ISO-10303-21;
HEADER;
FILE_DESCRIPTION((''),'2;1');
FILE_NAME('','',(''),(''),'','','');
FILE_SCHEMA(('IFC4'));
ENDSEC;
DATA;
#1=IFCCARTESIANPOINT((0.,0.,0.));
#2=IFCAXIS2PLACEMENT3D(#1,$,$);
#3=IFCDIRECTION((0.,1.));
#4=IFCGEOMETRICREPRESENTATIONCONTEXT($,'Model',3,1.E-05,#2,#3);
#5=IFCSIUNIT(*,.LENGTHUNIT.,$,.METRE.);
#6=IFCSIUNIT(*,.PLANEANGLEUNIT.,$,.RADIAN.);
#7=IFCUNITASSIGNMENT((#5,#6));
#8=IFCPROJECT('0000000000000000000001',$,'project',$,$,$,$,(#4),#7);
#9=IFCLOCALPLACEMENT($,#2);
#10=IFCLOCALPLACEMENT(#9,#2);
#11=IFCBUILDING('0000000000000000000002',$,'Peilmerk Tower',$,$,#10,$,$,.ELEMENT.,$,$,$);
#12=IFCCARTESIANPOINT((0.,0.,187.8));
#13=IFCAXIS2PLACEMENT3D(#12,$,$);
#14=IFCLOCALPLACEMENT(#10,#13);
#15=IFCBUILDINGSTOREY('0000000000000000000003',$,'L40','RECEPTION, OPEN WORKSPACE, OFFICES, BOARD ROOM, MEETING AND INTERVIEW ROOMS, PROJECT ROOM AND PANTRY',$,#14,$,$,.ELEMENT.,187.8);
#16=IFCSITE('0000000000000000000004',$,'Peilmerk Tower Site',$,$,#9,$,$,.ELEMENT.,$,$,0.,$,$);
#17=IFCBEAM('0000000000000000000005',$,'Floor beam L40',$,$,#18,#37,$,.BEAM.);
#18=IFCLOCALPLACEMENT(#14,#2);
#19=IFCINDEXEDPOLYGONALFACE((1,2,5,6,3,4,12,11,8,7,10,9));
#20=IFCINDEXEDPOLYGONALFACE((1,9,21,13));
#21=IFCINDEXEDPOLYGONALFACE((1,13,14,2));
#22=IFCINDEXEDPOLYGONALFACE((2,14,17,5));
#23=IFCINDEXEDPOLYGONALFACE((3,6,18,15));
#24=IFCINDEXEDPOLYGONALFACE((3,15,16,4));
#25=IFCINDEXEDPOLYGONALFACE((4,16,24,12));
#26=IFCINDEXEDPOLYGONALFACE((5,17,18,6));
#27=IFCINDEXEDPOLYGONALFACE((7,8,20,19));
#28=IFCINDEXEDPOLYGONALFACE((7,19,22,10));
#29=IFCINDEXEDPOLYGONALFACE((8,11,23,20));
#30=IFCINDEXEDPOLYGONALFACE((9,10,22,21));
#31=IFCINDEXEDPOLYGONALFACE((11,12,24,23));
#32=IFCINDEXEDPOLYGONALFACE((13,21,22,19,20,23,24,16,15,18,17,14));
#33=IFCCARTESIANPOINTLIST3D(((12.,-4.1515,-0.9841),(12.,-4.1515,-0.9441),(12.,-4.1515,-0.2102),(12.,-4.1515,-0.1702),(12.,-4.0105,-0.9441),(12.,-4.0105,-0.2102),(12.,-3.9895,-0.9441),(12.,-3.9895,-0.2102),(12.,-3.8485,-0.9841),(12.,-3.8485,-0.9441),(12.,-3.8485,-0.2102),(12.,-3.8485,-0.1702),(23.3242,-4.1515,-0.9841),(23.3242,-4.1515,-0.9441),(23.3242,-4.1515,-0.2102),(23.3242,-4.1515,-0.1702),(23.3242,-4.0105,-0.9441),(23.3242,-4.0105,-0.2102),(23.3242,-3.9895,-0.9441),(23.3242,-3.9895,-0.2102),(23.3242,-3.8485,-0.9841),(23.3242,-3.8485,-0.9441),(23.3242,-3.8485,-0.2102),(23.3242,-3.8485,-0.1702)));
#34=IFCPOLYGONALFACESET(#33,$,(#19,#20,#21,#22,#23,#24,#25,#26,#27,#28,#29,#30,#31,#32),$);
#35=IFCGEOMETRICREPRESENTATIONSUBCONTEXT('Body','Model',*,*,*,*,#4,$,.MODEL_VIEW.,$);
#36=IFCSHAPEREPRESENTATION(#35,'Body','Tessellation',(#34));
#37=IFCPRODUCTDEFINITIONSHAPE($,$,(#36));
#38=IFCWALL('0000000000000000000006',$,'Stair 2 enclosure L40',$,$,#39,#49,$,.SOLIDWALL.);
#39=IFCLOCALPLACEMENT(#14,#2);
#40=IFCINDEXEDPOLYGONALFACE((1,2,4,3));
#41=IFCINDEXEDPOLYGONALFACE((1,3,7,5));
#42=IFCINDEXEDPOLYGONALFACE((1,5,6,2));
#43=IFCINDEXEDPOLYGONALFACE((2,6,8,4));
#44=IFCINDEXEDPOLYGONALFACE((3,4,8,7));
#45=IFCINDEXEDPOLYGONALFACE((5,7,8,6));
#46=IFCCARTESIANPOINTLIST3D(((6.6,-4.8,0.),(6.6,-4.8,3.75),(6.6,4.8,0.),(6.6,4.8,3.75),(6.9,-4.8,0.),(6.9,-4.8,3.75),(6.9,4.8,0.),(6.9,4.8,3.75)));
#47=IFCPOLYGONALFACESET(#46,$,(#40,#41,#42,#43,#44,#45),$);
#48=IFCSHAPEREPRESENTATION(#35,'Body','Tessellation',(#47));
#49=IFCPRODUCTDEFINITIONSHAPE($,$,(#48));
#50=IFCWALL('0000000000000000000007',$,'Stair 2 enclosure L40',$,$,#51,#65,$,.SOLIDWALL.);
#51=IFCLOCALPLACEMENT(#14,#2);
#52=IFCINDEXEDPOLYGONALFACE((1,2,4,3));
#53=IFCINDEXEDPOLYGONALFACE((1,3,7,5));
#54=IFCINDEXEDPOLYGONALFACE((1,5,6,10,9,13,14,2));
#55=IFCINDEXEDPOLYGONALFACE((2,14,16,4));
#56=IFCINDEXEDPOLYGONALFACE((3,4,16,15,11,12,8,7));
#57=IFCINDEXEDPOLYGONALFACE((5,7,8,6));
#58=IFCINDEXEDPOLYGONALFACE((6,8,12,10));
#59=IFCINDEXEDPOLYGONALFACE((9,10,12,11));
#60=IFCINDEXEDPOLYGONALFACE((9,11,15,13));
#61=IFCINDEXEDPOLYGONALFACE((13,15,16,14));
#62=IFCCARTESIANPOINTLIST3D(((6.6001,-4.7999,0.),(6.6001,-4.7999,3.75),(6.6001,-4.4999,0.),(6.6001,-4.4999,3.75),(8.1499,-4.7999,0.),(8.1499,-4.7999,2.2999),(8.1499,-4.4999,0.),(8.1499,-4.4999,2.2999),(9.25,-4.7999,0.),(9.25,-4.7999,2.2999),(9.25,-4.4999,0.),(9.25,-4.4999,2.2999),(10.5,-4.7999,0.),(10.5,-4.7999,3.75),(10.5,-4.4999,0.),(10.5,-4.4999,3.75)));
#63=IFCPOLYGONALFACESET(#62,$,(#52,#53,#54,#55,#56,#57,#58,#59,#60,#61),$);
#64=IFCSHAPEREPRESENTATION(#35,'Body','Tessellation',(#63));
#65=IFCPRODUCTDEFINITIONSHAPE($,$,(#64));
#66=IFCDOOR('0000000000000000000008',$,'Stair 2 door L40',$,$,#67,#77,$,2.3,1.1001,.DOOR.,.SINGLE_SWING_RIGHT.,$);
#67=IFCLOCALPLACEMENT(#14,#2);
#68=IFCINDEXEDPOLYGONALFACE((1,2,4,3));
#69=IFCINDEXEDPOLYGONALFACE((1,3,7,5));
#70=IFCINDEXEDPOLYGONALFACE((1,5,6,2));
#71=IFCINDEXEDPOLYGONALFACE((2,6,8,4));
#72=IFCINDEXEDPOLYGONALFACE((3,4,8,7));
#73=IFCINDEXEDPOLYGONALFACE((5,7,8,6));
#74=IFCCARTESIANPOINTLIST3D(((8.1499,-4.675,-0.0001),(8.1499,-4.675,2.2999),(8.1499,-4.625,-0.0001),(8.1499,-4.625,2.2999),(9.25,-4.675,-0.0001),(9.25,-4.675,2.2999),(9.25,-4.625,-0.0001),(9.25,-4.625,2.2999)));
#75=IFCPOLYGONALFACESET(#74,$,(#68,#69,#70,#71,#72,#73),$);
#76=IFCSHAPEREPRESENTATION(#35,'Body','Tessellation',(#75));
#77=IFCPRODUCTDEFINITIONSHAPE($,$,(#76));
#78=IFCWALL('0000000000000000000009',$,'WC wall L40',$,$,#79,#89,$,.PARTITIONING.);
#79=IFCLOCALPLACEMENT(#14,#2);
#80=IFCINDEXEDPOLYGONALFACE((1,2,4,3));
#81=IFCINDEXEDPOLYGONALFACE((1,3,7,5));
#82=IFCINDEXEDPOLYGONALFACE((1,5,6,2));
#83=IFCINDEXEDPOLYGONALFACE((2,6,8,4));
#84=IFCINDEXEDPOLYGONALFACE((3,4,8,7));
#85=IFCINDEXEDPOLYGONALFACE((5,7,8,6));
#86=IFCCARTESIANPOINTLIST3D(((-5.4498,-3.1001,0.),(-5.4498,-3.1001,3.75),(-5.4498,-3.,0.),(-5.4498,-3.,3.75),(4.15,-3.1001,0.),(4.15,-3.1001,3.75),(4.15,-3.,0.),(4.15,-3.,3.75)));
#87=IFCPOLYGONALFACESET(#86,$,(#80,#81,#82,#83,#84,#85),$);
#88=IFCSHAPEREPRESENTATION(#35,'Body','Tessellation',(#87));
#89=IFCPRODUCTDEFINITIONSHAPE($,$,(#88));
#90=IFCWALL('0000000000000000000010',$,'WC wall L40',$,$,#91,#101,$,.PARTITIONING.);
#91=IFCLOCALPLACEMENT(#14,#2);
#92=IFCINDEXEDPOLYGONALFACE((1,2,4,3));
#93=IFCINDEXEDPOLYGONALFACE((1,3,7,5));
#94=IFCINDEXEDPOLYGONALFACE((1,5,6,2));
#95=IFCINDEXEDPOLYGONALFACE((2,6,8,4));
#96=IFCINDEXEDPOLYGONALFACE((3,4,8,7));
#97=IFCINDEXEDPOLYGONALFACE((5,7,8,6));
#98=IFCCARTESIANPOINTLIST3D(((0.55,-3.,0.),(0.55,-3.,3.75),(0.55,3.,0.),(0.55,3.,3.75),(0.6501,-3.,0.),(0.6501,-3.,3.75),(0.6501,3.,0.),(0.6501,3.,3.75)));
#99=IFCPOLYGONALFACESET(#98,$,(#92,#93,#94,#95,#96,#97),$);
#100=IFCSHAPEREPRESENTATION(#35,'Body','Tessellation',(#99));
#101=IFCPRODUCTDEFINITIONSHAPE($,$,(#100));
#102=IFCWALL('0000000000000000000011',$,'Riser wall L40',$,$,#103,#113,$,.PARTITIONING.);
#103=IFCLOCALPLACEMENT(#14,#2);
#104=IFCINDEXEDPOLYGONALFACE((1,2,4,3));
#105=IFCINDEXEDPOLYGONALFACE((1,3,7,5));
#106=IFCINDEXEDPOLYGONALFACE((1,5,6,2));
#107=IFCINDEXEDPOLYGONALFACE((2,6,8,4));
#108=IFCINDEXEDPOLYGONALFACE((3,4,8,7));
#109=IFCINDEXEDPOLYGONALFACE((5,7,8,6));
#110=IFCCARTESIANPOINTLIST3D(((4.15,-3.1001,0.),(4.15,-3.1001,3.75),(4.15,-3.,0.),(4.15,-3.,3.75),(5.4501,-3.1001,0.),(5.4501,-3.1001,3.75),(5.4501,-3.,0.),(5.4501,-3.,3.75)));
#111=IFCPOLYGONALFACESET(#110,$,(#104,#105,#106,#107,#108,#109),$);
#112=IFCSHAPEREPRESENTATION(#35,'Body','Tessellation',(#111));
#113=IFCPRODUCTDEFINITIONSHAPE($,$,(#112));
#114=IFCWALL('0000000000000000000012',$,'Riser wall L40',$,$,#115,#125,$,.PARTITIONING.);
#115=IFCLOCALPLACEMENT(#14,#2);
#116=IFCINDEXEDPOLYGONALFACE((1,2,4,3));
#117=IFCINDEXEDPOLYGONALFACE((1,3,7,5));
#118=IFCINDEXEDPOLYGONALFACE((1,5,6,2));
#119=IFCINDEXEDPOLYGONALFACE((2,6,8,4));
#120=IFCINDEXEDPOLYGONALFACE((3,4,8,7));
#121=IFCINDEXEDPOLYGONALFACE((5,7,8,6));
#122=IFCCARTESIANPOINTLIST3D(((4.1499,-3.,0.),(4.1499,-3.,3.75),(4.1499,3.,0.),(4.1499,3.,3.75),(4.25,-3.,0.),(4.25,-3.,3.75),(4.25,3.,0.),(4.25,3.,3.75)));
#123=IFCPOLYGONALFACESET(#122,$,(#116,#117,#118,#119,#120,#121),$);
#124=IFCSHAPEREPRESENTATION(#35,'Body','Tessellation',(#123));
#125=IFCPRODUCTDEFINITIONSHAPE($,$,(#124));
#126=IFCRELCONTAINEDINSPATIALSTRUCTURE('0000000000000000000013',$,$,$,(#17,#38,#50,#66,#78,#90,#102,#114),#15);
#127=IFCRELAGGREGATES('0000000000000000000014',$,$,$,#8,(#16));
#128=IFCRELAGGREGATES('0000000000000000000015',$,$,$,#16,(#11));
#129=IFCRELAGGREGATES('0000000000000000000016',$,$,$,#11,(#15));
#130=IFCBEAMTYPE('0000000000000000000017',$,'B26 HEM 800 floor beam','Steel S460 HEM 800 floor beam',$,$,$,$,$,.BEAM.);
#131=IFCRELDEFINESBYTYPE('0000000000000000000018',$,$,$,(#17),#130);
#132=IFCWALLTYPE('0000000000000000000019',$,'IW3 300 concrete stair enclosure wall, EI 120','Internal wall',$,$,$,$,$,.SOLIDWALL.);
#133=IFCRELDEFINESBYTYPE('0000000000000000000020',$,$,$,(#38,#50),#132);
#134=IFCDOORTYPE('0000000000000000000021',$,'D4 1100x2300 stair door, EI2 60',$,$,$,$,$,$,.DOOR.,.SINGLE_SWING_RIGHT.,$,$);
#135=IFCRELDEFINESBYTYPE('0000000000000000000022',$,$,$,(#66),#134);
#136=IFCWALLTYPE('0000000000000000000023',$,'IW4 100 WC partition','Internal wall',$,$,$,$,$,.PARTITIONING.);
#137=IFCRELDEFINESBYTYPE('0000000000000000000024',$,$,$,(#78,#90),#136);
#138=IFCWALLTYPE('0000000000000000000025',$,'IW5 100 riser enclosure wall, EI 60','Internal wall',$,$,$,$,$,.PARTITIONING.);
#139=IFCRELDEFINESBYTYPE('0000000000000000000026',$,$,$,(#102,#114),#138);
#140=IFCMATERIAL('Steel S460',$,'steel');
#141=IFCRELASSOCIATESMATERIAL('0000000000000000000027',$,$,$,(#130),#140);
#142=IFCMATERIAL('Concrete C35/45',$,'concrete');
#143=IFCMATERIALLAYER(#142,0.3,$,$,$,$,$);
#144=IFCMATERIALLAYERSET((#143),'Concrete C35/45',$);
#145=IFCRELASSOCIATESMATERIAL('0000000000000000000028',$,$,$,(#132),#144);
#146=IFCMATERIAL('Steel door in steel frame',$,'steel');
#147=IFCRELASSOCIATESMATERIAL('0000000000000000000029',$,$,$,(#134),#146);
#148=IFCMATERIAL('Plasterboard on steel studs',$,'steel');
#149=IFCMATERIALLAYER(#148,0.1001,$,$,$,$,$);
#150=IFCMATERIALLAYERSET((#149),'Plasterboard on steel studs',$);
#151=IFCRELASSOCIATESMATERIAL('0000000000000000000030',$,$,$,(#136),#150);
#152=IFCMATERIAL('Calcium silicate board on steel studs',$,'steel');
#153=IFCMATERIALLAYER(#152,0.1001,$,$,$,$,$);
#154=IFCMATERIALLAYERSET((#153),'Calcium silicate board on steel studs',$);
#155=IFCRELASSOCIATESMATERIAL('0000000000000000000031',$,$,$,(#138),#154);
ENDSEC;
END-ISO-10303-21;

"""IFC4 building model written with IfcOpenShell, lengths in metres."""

from ifc_helpers import new_model, si_unit, direction, frame, frame_2d, origin, origin_2d, place, context, subcontext, project, spatial, rectangle, i_section, extrude, material, layer, layer_set, material_profile, profile_set, type_object, element, fill, save


model = new_model("IFC4")

# Units and contexts
model_context = context("Model", 3, precision=1e-05, world=origin(), true_north=direction((0.0, 1.0)))
body_context = subcontext(model_context, "Body", "Model", "MODEL_VIEW")
ifc_project = project(units=[si_unit("LENGTHUNIT", "METRE"), si_unit("PLANEANGLEUNIT", "RADIAN")], contexts=[model_context])

# Site, building, storey
site_placement = place(None, origin())
site = spatial("IfcSite", under=ifc_project, at=site_placement, Name="Peilmerk Tower Site", CompositionType="ELEMENT", RefElevation=0.0)
building_placement = place(site_placement, origin())
building = spatial("IfcBuilding", under=site, at=building_placement, Name="Peilmerk Tower", CompositionType="ELEMENT")
storey_placement = place(building_placement, frame((0.0, 0.0, 187.8)))
storey = spatial("IfcBuildingStorey", under=building, at=storey_placement, Name="L40", Description="RECEPTION, OPEN WORKSPACE, OFFICES, BOARD ROOM, MEETING AND INTERVIEW ROOMS, PROJECT ROOM AND PANTRY", CompositionType="ELEMENT", Elevation=187.8)

# Beam
ifc_material_1 = material(Name="Steel S460", Category="steel")
ifc_material_profile = material_profile(ifc_material_1, i_section(OverallWidth=0.303, OverallDepth=0.814, WebThickness=0.021, FlangeThickness=0.04, at=origin_2d()), Name="HEM 800")
ifc_profile_set = profile_set([ifc_material_profile], Name="Steel S460")
beam_type = type_object("IfcBeamType", Name="B26 HEM 800 floor beam", Description="Steel S460 HEM 800 floor beam", PredefinedType="BEAM", material=ifc_profile_set)
beam_placement = place(storey_placement, frame((12.0, -4.0, -0.5771), z_axis=(1.0, 0.0, 0.0), x_axis=(0.0, 1.0, 0.0)))
element("IfcBeam", 1, at=beam_placement, inside=storey, type_object=beam_type, Name="Floor beam L40", PredefinedType="BEAM", context=body_context, shape_type="SweptSolid", body=[
    extrude(i_section(OverallWidth=0.303, OverallDepth=0.814, WebThickness=0.021, FlangeThickness=0.04, at=origin_2d()), origin(), (0.0, 0.0, 1.0), 11.3242),
])

# Wall
ifc_material_2 = material(Name="Concrete C35/45", Category="concrete")
ifc_layer_1 = layer(ifc_material_2, 0.3)
ifc_layer_set_1 = layer_set([ifc_layer_1], Name="Concrete C35/45")
wall_type_1 = type_object("IfcWallType", Name="IW3 300 concrete stair enclosure wall, EI 120", Description="Internal wall", PredefinedType="SOLIDWALL", material=ifc_layer_set_1)
wall_1_placement = place(storey_placement, frame((6.75, -4.8, 0.0), z_axis=(0.0, 0.0, 1.0), x_axis=(0.0, 1.0, 0.0)))
element("IfcWall", 2, at=wall_1_placement, inside=storey, type_object=wall_type_1, Name="Stair 2 enclosure L40", PredefinedType="SOLIDWALL", context=body_context, shape_type="SweptSolid", body=[
    extrude(rectangle(XDim=9.6001, YDim=0.3, at=frame_2d((4.8, 0.0))), origin(), (0.0, 0.0, 1.0), 3.75),
])

# Wall, opening, door
wall_2_placement = place(storey_placement, frame((10.5, -4.6499, 0.0), z_axis=(0.0, 0.0, 1.0), x_axis=(-1.0, 0.0, 0.0)))
wall_2 = element("IfcWall", 3, at=wall_2_placement, inside=storey, type_object=wall_type_1, Name="Stair 2 enclosure L40", PredefinedType="SOLIDWALL", context=body_context, shape_type="SweptSolid", body=[
    extrude(rectangle(XDim=3.8999, YDim=0.3, at=frame_2d((1.95, 0.0))), origin(), (0.0, 0.0, 1.0), 3.75),
])
opening_1_placement = place(wall_2_placement, frame((1.25, 0.0, 0.0)))
opening_1 = element("IfcOpeningElement", 4, at=opening_1_placement, cuts=wall_2, PredefinedType="OPENING", context=body_context, shape_type="SweptSolid", body=[
    extrude(rectangle(XDim=1.1001, YDim=2.3, at=frame_2d((0.55, 1.1499))), frame((0.0, 0.1599, 0.0), z_axis=(0.0, -1.0, 0.0), x_axis=(1.0, 0.0, 0.0)), (0.0, 0.0, 1.0), 0.3201),
])
ifc_material_3 = material(Name="Steel door in steel frame", Category="steel")
door_type_1 = type_object("IfcDoorType", Name="D4 1100x2300 stair door, EI2 60", OperationType="SINGLE_SWING_RIGHT", PredefinedType="DOOR", material=ifc_material_3)
door_1_placement = place(opening_1_placement, frame((1.1001, 0.0, 0.0), z_axis=(0.0, 0.0, 1.0), x_axis=(-1.0, 0.0, 0.0)))
door_1 = element("IfcDoor", 5, at=door_1_placement, inside=storey, type_object=door_type_1, Name="Stair 2 door L40", OperationType="SINGLE_SWING_RIGHT", OverallHeight=2.3, OverallWidth=1.1001, PredefinedType="DOOR", context=body_context, shape_type="SweptSolid", body=[
    extrude(rectangle(XDim=1.1001, YDim=2.3, at=frame_2d((0.55, 1.1499))), frame((0.0, 0.0249, 0.0), z_axis=(0.0, -1.0, 0.0), x_axis=(1.0, 0.0, 0.0)), (0.0, 0.0, 1.0), 0.05),
])
fill(opening_1, door_1)

# Walls
ifc_material_4 = material(Name="Plasterboard on steel studs", Category="steel")
ifc_layer_2 = layer(ifc_material_4, 0.1001)
ifc_layer_set_2 = layer_set([ifc_layer_2], Name="Plasterboard on steel studs")
wall_type_2 = type_object("IfcWallType", Name="IW4 100 WC partition", Description="Internal wall", PredefinedType="PARTITIONING", material=ifc_layer_set_2)
wall_3_placement = place(storey_placement, frame((4.1499, -3.05, 0.0), z_axis=(0.0, 0.0, 1.0), x_axis=(-1.0, 0.0, 0.0)))
element("IfcWall", 6, at=wall_3_placement, inside=storey, type_object=wall_type_2, Name="WC wall L40", PredefinedType="PARTITIONING", context=body_context, shape_type="SweptSolid", body=[
    extrude(rectangle(XDim=9.5999, YDim=0.1001, at=frame_2d((4.7998, 0.0))), origin(), (0.0, 0.0, 1.0), 3.75),
])
wall_4_placement = place(storey_placement, frame((0.6001, -3.0, 0.0), z_axis=(0.0, 0.0, 1.0), x_axis=(0.0, 1.0, 0.0)))
element("IfcWall", 7, at=wall_4_placement, inside=storey, type_object=wall_type_2, Name="WC wall L40", PredefinedType="PARTITIONING", context=body_context, shape_type="SweptSolid", body=[
    extrude(rectangle(XDim=6.0, YDim=0.1001, at=frame_2d((3.0, 0.0))), origin(), (0.0, 0.0, 1.0), 3.75),
])
ifc_material_5 = material(Name="Calcium silicate board on steel studs", Category="steel")
ifc_layer_3 = layer(ifc_material_5, 0.1001)
ifc_layer_set_3 = layer_set([ifc_layer_3], Name="Calcium silicate board on steel studs")
wall_type_3 = type_object("IfcWallType", Name="IW5 100 riser enclosure wall, EI 60", Description="Internal wall", PredefinedType="PARTITIONING", material=ifc_layer_set_3)
wall_5_placement = place(storey_placement, frame((5.45, -3.05, 0.0), z_axis=(0.0, 0.0, 1.0), x_axis=(-1.0, 0.0, 0.0)))
element("IfcWall", 8, at=wall_5_placement, inside=storey, type_object=wall_type_3, Name="Riser wall L40", PredefinedType="PARTITIONING", context=body_context, shape_type="SweptSolid", body=[
    extrude(rectangle(XDim=1.3, YDim=0.1001, at=frame_2d((0.6499, 0.0))), origin(), (0.0, 0.0, 1.0), 3.75),
])
wall_6_placement = place(storey_placement, frame((4.2, -3.0, 0.0), z_axis=(0.0, 0.0, 1.0), x_axis=(0.0, 1.0, 0.0)))
element("IfcWall", 9, at=wall_6_placement, inside=storey, type_object=wall_type_3, Name="Riser wall L40", PredefinedType="PARTITIONING", context=body_context, shape_type="SweptSolid", body=[
    extrude(rectangle(XDim=6.0, YDim=0.1001, at=frame_2d((3.0, 0.0))), origin(), (0.0, 0.0, 1.0), 3.75),
])

save(model, "model.ifc")
